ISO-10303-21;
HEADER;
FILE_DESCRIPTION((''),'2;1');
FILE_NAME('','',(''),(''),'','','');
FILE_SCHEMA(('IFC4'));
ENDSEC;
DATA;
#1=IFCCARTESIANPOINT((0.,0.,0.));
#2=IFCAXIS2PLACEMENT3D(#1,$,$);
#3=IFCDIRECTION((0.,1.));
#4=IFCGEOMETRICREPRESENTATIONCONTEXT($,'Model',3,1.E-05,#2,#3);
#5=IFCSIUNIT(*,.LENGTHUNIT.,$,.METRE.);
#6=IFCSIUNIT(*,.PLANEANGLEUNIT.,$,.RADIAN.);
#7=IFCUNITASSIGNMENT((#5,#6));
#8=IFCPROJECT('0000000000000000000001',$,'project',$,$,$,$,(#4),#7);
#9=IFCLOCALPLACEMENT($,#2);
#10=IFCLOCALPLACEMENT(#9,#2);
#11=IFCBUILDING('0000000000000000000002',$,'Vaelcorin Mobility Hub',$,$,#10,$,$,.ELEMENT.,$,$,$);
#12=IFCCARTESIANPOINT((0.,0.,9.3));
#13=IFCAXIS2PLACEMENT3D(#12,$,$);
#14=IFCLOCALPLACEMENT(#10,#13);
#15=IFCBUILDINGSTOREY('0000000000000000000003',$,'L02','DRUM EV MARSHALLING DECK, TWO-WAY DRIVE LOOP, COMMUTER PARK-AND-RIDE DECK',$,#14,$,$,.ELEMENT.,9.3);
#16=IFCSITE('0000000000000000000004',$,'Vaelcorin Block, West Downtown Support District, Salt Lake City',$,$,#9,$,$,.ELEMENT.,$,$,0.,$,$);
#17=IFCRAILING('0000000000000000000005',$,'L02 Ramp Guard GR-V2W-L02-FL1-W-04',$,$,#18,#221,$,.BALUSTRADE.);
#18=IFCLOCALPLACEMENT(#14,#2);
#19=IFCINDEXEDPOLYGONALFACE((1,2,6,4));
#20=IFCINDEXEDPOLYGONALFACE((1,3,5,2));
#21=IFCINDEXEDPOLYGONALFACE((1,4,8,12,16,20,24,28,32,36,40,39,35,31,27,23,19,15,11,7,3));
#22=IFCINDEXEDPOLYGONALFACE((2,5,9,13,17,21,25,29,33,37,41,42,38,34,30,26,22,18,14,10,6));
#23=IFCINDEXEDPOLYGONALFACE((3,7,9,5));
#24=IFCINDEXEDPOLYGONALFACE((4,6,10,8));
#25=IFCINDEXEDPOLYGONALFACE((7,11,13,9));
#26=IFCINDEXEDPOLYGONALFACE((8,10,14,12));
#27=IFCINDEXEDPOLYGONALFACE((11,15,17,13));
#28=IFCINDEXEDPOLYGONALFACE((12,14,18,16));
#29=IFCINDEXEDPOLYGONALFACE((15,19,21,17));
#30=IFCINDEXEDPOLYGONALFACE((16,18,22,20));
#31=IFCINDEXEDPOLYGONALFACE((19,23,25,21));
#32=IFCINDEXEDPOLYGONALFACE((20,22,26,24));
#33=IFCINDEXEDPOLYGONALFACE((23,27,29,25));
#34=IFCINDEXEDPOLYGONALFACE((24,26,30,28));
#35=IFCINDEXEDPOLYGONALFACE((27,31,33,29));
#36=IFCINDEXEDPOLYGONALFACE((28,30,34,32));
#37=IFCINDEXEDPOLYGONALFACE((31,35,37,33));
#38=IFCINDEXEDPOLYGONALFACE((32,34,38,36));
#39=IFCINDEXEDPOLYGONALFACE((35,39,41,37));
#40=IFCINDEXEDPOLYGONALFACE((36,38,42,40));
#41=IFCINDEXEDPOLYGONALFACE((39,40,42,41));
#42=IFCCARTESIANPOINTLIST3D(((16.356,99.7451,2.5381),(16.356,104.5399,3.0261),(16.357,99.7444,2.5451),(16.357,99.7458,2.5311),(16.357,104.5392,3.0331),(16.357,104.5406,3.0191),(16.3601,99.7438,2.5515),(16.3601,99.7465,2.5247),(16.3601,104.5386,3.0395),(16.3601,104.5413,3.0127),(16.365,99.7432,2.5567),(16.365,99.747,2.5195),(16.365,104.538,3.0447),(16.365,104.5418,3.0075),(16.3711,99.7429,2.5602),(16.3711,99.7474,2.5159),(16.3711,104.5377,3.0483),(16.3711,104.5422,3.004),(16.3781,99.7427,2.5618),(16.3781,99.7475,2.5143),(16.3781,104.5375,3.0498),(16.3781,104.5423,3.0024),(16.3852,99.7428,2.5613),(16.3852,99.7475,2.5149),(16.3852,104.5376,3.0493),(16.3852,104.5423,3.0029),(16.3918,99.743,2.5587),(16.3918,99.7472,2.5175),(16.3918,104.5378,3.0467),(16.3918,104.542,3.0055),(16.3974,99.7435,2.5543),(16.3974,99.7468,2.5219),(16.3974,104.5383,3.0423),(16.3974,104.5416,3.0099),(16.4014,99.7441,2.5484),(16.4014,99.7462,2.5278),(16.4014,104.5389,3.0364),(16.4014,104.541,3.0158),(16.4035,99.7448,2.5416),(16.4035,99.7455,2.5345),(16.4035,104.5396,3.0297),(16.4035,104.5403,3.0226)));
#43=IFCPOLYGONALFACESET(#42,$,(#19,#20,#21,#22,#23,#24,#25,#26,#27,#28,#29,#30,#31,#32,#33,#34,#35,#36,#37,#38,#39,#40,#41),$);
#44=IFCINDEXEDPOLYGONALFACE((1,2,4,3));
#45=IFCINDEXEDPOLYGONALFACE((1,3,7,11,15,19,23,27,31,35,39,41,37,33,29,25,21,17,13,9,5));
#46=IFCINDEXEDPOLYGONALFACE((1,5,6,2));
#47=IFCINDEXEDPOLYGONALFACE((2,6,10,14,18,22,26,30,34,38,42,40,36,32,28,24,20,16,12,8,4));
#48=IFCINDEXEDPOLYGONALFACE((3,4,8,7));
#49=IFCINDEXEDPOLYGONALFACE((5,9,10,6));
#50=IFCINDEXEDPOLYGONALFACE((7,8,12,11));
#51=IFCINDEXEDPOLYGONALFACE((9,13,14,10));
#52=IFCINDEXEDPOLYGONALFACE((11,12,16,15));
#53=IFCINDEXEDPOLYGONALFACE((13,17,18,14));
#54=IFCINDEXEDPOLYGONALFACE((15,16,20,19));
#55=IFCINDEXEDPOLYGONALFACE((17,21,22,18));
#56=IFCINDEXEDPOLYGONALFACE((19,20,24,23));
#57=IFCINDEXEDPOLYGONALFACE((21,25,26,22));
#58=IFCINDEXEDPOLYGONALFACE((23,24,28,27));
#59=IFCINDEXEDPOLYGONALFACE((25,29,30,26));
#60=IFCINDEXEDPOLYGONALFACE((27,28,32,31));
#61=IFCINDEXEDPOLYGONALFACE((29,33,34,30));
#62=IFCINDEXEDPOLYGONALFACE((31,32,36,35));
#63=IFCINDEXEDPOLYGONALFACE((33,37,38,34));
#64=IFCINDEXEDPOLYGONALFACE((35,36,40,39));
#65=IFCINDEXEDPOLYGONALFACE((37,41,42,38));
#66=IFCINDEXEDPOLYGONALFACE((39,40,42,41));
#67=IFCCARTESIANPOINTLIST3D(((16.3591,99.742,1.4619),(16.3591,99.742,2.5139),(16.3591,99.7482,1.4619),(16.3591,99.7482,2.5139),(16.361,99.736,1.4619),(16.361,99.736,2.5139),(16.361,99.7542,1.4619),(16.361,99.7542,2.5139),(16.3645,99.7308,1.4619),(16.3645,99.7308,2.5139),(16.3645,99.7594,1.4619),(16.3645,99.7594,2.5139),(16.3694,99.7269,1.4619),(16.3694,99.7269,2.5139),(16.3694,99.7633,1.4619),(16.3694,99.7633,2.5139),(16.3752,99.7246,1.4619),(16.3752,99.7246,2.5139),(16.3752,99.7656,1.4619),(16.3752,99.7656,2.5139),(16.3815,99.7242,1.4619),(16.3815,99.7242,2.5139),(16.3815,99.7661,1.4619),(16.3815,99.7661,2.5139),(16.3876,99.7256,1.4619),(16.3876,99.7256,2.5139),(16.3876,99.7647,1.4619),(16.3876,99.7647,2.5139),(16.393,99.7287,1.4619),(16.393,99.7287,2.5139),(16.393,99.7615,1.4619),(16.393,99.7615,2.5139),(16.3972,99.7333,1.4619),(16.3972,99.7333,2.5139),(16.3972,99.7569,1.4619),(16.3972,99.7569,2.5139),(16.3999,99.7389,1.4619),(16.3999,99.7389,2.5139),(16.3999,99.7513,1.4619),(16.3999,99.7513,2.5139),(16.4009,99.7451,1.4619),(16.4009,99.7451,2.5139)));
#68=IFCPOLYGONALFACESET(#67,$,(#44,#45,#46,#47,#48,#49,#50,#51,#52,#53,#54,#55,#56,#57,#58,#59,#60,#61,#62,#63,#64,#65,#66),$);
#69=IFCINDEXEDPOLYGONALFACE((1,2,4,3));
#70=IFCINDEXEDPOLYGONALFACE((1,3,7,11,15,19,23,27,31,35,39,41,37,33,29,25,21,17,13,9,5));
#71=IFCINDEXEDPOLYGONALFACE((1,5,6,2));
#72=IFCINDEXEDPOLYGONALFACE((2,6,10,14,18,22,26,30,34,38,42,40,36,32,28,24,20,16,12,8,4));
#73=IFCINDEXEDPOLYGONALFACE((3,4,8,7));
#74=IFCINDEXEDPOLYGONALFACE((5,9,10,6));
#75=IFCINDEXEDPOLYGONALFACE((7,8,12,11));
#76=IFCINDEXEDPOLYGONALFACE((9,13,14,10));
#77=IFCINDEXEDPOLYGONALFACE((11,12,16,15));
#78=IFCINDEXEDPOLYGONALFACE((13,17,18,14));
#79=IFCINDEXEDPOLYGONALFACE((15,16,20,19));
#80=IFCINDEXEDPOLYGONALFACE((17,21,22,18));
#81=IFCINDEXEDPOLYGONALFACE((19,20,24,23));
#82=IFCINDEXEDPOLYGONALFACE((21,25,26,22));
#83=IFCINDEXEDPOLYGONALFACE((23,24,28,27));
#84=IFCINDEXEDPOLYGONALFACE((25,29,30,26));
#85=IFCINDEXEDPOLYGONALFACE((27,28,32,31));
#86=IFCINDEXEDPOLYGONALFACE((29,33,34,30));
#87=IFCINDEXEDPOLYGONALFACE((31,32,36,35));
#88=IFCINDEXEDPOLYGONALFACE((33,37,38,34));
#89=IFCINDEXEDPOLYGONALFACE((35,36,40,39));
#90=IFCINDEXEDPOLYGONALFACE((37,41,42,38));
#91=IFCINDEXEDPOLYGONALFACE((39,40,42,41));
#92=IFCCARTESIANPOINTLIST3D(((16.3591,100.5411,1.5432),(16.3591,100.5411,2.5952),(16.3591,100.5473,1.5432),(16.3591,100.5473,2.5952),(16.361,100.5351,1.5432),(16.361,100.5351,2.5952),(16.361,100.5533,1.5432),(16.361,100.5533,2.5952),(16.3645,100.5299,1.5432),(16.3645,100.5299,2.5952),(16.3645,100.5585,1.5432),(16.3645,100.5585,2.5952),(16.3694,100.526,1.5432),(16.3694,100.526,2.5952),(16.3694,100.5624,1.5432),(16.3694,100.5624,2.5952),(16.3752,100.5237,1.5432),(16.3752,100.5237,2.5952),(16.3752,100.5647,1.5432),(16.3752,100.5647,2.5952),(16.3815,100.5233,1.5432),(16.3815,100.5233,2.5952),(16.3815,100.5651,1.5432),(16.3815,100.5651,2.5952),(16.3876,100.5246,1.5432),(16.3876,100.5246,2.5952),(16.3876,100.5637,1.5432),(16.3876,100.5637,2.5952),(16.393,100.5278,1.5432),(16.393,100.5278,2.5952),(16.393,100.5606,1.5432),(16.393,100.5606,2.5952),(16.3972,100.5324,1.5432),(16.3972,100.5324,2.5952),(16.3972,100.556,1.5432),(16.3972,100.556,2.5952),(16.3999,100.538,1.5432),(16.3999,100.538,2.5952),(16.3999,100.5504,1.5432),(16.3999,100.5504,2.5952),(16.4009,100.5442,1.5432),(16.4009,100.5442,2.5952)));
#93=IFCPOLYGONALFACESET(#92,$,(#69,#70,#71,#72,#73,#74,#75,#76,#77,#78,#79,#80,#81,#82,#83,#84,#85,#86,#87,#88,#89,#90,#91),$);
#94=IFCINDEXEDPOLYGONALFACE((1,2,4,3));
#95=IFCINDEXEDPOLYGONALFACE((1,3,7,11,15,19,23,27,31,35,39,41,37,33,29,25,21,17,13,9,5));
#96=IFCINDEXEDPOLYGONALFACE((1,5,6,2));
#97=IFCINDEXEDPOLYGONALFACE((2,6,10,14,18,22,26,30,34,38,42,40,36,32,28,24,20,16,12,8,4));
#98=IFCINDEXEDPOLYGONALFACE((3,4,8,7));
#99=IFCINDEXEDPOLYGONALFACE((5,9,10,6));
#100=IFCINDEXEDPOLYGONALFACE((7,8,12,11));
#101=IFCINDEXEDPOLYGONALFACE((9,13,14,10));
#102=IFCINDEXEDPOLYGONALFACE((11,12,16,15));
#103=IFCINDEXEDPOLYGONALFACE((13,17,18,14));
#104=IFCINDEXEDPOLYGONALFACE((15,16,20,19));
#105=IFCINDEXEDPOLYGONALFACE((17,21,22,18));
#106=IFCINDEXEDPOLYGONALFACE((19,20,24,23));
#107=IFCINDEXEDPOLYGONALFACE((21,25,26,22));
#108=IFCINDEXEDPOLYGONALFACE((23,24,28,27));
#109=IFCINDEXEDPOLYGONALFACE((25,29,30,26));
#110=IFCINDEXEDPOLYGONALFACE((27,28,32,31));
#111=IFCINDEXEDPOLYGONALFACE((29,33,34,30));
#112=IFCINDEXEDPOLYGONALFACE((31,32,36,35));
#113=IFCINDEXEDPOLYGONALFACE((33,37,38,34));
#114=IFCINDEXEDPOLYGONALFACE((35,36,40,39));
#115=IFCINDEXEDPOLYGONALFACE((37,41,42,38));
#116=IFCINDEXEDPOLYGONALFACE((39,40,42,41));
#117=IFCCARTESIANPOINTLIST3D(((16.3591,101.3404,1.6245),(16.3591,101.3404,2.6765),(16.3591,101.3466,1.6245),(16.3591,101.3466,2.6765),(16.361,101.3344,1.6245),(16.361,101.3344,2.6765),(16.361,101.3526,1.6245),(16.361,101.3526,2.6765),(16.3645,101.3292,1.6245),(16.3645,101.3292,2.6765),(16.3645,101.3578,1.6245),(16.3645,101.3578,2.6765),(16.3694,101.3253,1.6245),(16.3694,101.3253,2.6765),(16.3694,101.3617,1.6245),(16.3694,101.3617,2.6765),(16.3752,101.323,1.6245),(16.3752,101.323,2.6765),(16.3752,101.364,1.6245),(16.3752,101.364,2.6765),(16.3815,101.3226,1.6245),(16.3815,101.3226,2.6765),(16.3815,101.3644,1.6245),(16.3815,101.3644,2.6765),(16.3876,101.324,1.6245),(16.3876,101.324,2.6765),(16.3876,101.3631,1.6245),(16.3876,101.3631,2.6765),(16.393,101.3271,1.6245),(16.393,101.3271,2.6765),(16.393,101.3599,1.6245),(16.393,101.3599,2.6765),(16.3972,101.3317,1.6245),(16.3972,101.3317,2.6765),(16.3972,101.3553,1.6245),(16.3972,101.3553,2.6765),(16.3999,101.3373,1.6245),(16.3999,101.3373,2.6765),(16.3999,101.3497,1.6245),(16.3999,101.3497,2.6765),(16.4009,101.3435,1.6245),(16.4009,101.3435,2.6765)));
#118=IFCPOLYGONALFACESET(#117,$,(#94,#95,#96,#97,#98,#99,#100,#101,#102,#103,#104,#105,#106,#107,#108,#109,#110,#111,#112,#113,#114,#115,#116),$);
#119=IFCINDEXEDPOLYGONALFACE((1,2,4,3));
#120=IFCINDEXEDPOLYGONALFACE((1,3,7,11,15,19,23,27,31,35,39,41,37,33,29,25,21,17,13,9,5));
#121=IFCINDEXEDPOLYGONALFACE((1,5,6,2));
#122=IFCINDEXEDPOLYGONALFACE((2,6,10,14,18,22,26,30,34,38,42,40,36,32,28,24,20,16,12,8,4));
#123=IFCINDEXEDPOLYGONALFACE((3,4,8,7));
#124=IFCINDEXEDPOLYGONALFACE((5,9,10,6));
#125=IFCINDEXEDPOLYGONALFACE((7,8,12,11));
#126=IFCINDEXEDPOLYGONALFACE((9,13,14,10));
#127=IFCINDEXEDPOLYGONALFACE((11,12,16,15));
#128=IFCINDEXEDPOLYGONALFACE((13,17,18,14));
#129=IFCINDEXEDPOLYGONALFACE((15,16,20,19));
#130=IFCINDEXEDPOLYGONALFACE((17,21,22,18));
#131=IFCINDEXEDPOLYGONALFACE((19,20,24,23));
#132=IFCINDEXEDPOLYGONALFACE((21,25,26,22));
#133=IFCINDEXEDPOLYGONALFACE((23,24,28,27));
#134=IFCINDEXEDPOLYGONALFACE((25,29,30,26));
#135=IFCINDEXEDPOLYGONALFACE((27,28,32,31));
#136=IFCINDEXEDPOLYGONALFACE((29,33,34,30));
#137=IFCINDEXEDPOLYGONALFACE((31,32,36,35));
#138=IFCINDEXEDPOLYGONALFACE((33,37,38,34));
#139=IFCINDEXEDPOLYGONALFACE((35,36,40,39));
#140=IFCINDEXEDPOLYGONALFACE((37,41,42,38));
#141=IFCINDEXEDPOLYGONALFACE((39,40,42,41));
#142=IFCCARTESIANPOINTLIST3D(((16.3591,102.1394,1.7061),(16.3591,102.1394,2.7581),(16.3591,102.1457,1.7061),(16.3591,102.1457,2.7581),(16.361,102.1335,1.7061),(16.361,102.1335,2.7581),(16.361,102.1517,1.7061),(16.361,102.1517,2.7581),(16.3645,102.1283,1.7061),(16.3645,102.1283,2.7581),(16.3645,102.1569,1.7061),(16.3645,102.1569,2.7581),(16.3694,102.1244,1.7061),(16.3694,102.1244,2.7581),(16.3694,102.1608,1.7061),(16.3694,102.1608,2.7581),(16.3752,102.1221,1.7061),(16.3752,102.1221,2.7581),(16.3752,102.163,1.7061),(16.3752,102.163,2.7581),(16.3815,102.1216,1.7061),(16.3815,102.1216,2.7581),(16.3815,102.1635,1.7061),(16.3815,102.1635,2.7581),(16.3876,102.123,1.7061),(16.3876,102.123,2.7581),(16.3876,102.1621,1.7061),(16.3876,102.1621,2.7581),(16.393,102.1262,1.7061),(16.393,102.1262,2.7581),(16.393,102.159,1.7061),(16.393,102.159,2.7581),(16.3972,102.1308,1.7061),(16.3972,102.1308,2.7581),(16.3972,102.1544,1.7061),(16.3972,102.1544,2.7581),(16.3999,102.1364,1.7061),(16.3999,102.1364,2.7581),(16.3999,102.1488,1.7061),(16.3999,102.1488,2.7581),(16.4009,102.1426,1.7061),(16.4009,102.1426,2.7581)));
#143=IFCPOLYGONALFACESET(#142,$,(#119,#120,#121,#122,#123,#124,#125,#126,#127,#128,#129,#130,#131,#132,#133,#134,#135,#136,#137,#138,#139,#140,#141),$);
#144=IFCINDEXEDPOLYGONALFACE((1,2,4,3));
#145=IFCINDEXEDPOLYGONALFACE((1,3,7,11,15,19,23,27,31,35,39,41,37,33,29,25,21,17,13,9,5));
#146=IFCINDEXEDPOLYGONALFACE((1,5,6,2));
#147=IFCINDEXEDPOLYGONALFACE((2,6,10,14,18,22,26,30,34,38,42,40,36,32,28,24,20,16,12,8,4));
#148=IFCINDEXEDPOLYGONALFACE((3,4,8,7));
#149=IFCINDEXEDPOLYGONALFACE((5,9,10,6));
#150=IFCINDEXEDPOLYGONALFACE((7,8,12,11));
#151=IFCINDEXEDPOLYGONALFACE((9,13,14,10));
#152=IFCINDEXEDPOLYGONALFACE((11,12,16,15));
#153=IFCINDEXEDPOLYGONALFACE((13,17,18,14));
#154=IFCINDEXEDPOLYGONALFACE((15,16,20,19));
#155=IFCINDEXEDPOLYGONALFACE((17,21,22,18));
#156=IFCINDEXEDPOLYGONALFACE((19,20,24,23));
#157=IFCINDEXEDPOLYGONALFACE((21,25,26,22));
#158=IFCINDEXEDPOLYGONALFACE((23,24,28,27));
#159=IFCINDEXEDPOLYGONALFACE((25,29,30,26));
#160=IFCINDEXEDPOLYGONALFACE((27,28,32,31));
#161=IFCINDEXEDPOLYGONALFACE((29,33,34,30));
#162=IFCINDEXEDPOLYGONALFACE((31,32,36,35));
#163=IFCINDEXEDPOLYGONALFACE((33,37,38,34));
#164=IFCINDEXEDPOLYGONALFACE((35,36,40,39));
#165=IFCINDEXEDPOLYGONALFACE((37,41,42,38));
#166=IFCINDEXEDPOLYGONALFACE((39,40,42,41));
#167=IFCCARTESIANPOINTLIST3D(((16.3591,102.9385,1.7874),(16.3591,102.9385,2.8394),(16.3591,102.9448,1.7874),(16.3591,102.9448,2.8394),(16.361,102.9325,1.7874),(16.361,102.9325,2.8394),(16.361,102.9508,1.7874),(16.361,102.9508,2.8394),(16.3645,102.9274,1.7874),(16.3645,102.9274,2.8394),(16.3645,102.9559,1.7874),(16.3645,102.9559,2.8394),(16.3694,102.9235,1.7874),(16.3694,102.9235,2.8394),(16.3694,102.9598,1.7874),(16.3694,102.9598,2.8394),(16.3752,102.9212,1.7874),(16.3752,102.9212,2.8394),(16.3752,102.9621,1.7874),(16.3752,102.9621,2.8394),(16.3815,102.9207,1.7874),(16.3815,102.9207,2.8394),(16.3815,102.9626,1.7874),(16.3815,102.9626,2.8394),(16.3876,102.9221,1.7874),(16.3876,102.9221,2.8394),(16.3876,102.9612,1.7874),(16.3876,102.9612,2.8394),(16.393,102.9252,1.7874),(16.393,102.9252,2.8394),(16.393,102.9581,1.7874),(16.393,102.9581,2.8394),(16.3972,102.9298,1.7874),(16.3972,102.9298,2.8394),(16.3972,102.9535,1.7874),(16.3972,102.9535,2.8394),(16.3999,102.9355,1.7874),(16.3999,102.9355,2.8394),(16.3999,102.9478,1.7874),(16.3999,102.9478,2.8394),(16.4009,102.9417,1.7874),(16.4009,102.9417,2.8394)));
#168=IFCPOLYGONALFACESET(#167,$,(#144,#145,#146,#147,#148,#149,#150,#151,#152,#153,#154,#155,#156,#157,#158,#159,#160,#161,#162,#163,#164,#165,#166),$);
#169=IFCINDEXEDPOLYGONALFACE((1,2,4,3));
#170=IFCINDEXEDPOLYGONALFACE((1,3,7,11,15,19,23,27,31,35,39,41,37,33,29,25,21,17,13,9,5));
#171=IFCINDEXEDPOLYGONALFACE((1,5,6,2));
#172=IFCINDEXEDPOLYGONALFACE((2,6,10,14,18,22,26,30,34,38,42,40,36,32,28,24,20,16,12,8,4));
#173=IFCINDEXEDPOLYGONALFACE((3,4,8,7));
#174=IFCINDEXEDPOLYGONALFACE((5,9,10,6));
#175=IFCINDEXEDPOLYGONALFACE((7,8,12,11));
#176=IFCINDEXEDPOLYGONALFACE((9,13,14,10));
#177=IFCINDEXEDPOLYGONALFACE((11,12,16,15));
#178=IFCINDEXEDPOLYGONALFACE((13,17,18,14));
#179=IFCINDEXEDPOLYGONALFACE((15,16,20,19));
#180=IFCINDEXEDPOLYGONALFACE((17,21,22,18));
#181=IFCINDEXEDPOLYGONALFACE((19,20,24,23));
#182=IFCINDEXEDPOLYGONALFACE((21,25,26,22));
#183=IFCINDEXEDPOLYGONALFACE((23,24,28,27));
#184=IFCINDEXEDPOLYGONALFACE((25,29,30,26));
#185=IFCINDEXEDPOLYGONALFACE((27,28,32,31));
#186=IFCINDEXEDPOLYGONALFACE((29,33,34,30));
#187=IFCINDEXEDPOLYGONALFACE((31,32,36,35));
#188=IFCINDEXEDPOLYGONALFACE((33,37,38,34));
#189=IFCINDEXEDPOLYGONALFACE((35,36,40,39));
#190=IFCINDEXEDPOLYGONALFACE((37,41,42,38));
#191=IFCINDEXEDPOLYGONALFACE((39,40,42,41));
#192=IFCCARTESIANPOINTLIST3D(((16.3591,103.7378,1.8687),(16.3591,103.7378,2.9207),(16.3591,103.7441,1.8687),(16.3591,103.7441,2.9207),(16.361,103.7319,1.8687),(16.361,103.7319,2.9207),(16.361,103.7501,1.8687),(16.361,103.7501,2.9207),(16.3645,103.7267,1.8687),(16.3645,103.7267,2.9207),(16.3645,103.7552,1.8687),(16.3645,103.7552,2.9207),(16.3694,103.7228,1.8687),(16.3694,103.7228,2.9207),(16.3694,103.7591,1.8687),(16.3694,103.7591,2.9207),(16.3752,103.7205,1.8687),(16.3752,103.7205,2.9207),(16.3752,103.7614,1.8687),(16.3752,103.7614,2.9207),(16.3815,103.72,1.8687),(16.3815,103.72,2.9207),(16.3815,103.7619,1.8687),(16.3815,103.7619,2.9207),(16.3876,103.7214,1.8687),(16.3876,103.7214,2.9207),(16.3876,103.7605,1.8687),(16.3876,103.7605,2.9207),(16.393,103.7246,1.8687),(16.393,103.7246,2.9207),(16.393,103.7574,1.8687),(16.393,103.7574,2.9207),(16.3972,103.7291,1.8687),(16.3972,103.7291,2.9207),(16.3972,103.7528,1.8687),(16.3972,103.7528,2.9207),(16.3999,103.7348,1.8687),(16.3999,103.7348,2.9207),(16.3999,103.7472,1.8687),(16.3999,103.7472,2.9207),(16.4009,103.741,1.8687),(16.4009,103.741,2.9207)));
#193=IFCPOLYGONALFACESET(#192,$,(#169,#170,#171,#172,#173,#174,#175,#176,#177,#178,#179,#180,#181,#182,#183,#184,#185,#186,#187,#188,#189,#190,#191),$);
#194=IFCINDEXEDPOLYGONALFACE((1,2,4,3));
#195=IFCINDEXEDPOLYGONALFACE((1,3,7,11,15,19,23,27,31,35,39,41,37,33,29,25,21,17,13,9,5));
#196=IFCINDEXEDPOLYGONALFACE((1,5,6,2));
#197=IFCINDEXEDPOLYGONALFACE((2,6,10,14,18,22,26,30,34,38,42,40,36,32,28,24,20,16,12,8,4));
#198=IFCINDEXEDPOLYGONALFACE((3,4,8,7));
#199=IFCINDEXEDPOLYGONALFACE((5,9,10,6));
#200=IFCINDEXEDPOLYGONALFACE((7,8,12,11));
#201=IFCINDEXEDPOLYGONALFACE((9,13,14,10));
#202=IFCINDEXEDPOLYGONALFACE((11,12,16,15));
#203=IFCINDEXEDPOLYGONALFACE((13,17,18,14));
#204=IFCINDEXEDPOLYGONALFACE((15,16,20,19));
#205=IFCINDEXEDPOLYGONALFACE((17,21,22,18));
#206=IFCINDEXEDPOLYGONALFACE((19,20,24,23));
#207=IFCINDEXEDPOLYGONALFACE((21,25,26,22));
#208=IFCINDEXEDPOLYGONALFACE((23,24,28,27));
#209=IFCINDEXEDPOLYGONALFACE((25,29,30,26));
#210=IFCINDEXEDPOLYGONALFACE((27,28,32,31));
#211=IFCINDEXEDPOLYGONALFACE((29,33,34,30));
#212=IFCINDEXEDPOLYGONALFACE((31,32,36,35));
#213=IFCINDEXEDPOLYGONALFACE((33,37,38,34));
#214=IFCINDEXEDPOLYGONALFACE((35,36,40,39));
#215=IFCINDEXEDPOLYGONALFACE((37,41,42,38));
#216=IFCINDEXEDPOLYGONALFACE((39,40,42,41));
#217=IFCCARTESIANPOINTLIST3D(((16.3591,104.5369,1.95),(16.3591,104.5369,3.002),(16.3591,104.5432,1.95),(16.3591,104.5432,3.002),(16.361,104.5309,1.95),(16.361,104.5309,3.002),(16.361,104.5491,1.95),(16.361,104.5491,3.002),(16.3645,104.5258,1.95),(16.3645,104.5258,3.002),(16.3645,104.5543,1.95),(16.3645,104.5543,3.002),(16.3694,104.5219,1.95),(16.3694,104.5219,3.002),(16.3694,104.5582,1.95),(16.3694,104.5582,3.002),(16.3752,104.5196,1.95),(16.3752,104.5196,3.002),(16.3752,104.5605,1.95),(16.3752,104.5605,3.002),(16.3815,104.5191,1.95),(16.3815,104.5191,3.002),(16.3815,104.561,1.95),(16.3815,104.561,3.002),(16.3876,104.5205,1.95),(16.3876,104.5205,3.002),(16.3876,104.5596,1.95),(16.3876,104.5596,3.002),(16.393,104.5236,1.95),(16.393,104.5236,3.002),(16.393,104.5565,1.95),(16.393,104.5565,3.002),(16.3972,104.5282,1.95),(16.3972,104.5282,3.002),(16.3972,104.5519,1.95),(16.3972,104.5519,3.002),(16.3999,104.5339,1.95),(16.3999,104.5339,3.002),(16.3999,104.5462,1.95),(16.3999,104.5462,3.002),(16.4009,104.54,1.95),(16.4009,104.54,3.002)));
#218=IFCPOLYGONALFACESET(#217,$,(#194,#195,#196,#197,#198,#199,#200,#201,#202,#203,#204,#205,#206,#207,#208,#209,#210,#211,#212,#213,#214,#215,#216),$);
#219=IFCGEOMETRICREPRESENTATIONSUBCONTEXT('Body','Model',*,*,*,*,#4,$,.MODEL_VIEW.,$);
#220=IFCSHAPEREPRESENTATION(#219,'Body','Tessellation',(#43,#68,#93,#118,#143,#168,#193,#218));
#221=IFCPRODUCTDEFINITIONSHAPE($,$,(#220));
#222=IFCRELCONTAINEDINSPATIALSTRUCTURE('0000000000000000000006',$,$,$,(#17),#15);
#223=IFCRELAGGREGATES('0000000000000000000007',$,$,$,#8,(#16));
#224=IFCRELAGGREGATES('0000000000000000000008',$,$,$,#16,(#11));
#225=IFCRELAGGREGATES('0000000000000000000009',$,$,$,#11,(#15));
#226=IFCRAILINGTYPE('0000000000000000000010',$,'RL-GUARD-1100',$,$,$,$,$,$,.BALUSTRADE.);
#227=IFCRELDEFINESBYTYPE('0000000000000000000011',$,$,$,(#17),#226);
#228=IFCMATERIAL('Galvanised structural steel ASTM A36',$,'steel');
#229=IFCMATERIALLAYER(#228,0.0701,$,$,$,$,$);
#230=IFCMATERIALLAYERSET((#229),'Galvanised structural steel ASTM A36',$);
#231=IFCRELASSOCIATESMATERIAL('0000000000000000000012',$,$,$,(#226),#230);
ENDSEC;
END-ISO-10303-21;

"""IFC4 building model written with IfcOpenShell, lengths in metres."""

from ifc_helpers import new_model, si_unit, direction, frame, origin, origin_2d, place, context, subcontext, project, spatial, circle, extrude, material, layer, layer_set, type_object, element, save


model = new_model("IFC4")

# Units and contexts
model_context = context("Model", 3, precision=1e-05, world=origin(), true_north=direction((0.0, 1.0)))
body_context = subcontext(model_context, "Body", "Model", "MODEL_VIEW")
ifc_project = project(units=[si_unit("LENGTHUNIT", "METRE"), si_unit("PLANEANGLEUNIT", "RADIAN")], contexts=[model_context])

# Site, building, storey
site_placement = place(None, origin())
site = spatial("IfcSite", under=ifc_project, at=site_placement, Name="Vaelcorin Block, West Downtown Support District, Salt Lake City", CompositionType="ELEMENT", RefElevation=0.0)
building_placement = place(site_placement, origin())
building = spatial("IfcBuilding", under=site, at=building_placement, Name="Vaelcorin Mobility Hub", CompositionType="ELEMENT")
storey_placement = place(building_placement, frame((0.0, 0.0, 9.3)))
storey = spatial("IfcBuildingStorey", under=building, at=storey_placement, Name="L02", Description="DRUM EV MARSHALLING DECK, TWO-WAY DRIVE LOOP, COMMUTER PARK-AND-RIDE DECK", CompositionType="ELEMENT", Elevation=9.3)

# Railing
ifc_material_1 = material(Name="Galvanised structural steel ASTM A36", Category="steel")
ifc_layer_1 = layer(ifc_material_1, 0.0701)
ifc_layer_set_1 = layer_set([ifc_layer_1], Name="Galvanised structural steel ASTM A36")
railing_type = type_object("IfcRailingType", Name="RL-GUARD-1100", PredefinedType="BALUSTRADE", material=ifc_layer_set_1)
railing_1_placement = place(storey_placement, frame((16.3799, 99.7451, 1.4619)))
element("IfcRailing", 1, at=railing_1_placement, inside=storey, type_object=railing_type, Name="L02 Ramp Guard GR-V2W-L02-FL1-W-04", PredefinedType="BALUSTRADE", context=body_context, shape_type="SweptSolid", body=[
    extrude(circle(Radius=0.0239, at=origin_2d()), frame((0.0, 0.0, 1.0762), z_axis=(0.0, 0.99486, 0.101259), x_axis=(-1.0, 0.0, 0.0)), (0.0, 0.0, 1.0), 4.8196),
    extrude(circle(Radius=0.021, at=origin_2d()), origin(), (0.0, 0.0, 1.0), 1.052),
    extrude(circle(Radius=0.021, at=origin_2d()), frame((0.0, 0.7991, 0.0813)), (0.0, 0.0, 1.0), 1.052),
    extrude(circle(Radius=0.021, at=origin_2d()), frame((0.0, 1.5984, 0.1626)), (0.0, 0.0, 1.0), 1.052),
    extrude(circle(Radius=0.021, at=origin_2d()), frame((0.0, 2.3975, 0.2441)), (0.0, 0.0, 1.0), 1.052),
    extrude(circle(Radius=0.021, at=origin_2d()), frame((0.0, 3.1965, 0.3254)), (0.0, 0.0, 1.0), 1.052),
    extrude(circle(Radius=0.021, at=origin_2d()), frame((0.0, 3.9958, 0.4067)), (0.0, 0.0, 1.0), 1.052),
    extrude(circle(Radius=0.021, at=origin_2d()), frame((0.0, 4.7949, 0.488)), (0.0, 0.0, 1.0), 1.052),
])

save(model, "model.ifc")
